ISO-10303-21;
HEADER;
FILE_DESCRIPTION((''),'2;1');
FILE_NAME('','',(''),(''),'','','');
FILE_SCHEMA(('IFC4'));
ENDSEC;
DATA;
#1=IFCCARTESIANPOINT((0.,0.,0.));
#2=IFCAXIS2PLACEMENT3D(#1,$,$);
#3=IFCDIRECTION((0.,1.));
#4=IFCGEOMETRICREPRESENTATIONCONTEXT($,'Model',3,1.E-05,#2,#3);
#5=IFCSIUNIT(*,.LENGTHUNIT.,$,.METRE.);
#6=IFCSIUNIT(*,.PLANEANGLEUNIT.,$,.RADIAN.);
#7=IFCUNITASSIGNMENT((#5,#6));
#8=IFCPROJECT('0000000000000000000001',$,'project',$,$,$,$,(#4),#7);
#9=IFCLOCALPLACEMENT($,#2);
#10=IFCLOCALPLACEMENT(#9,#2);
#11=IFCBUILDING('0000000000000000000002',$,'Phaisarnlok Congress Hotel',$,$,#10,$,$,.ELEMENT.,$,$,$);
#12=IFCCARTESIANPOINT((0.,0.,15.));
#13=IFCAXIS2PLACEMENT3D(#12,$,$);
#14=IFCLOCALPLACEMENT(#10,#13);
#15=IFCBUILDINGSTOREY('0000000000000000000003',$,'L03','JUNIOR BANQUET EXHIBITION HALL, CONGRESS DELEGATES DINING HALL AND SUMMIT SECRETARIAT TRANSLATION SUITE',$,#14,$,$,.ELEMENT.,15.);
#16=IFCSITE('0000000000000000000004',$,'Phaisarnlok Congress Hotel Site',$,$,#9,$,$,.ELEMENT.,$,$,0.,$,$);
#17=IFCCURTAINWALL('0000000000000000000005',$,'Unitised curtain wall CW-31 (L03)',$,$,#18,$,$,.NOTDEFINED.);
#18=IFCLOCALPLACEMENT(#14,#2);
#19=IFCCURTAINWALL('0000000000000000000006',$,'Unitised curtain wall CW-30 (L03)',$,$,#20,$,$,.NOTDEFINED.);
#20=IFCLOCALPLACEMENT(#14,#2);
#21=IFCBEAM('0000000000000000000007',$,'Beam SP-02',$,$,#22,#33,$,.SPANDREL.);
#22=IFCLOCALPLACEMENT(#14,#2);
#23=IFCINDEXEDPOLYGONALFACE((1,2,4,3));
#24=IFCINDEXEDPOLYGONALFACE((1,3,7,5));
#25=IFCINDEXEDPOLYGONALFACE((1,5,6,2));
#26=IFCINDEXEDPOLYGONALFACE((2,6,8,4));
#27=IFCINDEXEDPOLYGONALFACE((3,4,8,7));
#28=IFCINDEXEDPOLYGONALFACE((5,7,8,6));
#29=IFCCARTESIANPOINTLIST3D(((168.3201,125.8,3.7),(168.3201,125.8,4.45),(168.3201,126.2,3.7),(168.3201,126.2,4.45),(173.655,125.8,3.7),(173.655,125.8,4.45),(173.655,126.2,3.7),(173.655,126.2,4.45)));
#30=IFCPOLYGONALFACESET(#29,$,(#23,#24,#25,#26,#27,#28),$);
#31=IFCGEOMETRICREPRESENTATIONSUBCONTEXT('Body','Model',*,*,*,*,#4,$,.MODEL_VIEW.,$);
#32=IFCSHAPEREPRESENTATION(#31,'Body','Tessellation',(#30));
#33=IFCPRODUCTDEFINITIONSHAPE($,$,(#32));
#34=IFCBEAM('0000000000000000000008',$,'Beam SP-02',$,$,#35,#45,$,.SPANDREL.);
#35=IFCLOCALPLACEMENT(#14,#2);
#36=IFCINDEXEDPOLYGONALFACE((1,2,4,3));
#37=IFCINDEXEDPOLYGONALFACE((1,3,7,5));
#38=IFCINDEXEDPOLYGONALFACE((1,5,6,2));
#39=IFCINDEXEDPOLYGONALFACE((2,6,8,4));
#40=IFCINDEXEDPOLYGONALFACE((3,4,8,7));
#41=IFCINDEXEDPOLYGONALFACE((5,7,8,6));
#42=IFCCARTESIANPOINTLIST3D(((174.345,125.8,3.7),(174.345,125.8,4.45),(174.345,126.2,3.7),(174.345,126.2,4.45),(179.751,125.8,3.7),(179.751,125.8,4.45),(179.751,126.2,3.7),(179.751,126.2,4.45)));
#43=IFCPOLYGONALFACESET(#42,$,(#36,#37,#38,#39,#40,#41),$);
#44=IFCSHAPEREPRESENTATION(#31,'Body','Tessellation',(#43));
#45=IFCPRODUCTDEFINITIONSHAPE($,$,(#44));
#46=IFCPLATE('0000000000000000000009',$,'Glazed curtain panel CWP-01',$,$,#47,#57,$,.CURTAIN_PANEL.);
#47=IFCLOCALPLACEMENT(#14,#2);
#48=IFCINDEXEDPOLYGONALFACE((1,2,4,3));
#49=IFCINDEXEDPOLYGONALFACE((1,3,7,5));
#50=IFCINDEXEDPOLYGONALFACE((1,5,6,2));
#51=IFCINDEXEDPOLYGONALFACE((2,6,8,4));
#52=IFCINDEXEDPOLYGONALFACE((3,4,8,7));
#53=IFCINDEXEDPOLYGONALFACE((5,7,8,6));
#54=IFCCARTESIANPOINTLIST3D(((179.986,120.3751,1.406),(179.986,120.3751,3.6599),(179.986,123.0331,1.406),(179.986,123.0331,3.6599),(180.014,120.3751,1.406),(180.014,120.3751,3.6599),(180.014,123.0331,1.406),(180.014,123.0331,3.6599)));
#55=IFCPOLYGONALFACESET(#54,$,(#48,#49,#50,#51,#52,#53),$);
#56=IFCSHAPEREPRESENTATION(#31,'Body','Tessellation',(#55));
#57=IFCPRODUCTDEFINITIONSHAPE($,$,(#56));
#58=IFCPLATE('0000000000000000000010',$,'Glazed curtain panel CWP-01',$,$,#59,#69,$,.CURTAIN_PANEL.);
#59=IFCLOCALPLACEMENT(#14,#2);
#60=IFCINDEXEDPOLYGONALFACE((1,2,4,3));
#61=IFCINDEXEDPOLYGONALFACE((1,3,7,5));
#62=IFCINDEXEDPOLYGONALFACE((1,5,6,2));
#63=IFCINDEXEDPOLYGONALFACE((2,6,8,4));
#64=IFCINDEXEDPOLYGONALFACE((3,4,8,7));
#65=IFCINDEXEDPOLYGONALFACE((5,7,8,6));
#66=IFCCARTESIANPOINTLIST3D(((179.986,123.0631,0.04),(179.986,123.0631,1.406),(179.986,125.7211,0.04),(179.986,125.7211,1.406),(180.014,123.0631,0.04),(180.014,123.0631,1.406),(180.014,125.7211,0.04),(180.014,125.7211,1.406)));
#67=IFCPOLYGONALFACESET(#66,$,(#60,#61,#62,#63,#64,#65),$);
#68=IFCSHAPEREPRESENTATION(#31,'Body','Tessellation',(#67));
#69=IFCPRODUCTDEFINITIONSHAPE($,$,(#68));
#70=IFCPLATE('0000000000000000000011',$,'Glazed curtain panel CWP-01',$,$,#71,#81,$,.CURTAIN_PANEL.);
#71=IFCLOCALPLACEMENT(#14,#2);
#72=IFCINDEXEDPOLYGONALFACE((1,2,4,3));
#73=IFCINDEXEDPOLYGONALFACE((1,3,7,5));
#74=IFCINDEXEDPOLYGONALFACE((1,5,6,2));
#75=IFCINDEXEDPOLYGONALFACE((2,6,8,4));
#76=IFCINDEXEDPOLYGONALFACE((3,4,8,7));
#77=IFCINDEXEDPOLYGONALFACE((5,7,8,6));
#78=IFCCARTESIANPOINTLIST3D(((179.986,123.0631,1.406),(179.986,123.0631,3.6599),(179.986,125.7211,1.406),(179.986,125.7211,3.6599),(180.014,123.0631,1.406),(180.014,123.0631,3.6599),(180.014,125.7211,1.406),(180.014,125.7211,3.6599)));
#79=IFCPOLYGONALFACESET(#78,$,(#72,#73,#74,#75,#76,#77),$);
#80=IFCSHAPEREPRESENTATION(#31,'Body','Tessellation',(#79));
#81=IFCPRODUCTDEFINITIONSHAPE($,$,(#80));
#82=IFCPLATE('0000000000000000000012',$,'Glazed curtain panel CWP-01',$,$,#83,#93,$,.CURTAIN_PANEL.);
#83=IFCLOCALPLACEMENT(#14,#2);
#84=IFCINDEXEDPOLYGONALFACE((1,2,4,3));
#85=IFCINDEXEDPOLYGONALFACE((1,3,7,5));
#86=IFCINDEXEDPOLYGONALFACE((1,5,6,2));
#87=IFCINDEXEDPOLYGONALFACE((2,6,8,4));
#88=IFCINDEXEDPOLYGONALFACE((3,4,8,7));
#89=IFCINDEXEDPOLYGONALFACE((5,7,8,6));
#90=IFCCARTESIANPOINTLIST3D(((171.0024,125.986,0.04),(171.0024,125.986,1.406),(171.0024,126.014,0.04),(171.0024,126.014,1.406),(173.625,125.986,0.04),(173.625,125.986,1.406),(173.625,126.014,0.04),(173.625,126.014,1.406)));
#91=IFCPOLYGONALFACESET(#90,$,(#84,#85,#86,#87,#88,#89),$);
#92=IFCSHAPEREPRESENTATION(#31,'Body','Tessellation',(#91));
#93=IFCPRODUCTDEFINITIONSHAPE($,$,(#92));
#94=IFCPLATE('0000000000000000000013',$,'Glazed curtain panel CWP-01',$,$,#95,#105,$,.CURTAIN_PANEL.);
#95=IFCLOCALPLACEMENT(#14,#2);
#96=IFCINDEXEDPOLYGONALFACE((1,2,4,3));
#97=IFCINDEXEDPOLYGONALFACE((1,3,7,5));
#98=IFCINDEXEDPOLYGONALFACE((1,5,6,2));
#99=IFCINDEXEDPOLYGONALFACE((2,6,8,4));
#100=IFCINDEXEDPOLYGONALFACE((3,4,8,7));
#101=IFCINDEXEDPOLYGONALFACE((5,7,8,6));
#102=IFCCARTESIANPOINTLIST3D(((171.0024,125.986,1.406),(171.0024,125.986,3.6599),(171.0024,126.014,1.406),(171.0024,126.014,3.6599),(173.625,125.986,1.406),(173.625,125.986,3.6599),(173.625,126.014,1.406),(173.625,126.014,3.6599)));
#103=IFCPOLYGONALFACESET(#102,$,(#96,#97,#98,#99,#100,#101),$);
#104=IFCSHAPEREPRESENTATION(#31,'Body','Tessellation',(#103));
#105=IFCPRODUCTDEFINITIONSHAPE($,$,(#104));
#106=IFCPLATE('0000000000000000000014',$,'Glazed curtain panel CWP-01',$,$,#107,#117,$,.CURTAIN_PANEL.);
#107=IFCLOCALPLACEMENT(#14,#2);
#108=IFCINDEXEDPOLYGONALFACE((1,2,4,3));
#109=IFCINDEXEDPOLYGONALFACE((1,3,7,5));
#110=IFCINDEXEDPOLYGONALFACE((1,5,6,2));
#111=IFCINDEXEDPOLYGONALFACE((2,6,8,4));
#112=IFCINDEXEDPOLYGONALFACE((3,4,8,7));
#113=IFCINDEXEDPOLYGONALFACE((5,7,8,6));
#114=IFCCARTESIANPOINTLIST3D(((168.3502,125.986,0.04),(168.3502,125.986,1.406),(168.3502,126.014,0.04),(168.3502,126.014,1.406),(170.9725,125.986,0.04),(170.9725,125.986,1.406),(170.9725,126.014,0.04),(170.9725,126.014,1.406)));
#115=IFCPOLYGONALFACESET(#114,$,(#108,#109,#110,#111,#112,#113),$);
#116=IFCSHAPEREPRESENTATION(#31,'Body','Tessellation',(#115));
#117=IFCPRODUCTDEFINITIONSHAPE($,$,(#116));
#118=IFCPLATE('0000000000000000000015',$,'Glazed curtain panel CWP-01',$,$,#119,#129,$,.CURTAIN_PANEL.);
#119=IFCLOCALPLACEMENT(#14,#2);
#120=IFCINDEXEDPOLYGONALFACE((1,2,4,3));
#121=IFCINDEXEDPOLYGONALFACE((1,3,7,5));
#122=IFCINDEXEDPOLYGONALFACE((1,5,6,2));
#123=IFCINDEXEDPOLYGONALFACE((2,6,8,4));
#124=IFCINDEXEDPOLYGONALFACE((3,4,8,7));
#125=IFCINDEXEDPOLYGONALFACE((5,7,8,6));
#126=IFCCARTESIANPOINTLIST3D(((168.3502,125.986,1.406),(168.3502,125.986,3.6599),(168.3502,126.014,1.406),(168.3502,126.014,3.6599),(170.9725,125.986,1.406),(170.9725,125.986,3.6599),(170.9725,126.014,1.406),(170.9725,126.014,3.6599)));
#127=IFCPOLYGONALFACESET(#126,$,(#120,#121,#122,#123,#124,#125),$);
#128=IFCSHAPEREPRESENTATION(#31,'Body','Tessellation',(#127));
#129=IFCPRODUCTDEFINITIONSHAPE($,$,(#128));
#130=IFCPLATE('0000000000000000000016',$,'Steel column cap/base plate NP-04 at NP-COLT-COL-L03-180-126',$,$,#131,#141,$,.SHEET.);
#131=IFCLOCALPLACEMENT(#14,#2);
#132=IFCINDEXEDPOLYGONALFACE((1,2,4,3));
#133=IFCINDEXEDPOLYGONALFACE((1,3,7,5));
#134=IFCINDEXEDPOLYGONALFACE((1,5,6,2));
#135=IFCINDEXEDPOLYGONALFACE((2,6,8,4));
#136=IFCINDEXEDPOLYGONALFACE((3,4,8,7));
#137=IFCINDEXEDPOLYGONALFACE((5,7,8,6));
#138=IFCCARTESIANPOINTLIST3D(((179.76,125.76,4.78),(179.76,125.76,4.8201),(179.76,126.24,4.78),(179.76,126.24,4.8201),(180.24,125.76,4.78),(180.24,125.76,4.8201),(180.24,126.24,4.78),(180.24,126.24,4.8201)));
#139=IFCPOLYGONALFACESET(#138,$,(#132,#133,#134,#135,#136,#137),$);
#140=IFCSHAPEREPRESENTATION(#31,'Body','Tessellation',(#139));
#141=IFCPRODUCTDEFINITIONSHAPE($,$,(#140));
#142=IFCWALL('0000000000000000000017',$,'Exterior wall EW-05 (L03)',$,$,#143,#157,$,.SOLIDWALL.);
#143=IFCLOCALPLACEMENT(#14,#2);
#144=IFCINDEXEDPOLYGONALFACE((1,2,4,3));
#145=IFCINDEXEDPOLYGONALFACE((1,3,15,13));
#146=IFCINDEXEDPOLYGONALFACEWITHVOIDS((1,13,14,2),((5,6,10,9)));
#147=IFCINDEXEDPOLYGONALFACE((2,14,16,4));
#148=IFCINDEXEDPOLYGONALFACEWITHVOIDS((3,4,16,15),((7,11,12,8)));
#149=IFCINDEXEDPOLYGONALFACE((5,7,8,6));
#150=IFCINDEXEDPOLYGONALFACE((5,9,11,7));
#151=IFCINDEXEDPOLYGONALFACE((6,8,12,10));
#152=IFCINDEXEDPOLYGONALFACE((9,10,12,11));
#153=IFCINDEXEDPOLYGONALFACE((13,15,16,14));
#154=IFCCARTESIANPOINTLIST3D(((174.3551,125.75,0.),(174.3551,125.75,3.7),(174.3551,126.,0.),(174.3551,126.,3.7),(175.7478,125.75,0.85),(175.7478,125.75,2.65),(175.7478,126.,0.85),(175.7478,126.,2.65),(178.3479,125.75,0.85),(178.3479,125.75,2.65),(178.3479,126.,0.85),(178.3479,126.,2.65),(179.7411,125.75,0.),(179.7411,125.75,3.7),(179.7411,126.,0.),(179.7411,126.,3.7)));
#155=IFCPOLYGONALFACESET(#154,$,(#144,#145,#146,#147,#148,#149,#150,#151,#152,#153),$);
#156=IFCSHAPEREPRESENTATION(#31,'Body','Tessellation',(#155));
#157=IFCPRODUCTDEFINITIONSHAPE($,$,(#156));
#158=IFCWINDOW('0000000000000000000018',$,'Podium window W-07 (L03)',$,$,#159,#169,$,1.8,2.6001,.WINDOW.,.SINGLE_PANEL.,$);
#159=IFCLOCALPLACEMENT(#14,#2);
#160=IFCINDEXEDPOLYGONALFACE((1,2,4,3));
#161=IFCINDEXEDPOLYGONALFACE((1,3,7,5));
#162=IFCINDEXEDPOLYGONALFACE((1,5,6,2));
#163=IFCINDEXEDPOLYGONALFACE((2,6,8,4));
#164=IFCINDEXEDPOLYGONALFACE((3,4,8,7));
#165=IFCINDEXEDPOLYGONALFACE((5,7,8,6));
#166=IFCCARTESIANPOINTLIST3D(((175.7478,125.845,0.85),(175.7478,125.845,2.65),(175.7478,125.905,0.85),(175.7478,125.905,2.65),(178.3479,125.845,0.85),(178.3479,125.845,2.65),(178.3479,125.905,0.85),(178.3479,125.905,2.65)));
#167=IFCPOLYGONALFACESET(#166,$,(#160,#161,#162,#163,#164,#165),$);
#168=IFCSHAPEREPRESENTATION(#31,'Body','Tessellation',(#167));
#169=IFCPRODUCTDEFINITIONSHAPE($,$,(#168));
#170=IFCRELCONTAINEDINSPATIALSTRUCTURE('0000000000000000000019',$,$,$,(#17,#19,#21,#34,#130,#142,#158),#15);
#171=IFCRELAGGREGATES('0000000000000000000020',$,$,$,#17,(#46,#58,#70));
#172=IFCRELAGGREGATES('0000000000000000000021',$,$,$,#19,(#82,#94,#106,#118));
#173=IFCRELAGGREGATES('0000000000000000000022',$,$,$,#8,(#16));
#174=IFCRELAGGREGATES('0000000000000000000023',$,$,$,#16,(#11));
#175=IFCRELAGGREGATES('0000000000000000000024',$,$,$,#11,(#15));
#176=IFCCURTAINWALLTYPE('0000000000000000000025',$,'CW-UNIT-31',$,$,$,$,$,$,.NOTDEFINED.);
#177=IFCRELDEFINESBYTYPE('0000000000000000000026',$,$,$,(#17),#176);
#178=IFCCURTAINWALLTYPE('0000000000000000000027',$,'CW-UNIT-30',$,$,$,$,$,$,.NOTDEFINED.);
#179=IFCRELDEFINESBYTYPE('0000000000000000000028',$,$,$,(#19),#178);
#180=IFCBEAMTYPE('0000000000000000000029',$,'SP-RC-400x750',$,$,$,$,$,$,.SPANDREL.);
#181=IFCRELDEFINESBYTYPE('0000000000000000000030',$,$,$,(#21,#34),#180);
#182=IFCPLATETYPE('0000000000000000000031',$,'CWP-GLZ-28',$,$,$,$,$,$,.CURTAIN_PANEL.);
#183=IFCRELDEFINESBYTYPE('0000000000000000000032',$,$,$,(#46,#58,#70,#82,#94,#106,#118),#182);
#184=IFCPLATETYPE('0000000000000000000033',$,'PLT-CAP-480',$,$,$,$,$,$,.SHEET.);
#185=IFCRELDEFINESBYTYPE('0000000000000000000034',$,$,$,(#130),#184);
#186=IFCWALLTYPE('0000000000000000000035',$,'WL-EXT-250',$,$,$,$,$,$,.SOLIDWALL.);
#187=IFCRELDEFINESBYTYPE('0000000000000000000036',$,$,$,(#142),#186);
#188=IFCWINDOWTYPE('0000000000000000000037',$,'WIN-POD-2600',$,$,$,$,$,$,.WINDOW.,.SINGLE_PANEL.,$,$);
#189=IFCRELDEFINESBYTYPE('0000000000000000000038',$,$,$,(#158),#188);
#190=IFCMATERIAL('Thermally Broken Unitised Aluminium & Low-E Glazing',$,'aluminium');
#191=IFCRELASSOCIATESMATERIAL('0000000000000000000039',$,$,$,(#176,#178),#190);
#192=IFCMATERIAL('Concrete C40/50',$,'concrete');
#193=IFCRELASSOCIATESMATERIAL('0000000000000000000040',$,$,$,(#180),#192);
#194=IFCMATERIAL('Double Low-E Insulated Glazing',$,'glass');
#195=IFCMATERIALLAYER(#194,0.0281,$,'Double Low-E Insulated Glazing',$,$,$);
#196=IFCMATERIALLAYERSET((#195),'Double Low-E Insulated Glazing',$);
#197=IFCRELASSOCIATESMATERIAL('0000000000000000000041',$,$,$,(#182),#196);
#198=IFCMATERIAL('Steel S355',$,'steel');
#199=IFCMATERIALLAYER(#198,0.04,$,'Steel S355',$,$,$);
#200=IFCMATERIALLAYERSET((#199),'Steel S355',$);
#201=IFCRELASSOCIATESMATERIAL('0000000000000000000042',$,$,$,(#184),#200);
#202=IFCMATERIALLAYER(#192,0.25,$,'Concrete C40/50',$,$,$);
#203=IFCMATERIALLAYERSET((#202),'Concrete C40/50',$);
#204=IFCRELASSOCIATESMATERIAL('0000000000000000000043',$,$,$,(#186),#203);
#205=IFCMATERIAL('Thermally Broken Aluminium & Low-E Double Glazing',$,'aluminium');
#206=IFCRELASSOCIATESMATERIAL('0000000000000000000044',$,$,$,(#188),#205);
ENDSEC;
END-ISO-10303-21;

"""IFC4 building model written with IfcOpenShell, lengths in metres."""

from ifc_helpers import new_model, si_unit, direction, frame, frame_2d, origin, origin_2d, place, context, subcontext, project, spatial, rectangle, extrude, material, layer, layer_set, material_profile, profile_set, type_object, element, fill, aggregate, save


model = new_model("IFC4")

# Units and contexts
model_context = context("Model", 3, precision=1e-05, world=origin(), true_north=direction((0.0, 1.0)))
body_context = subcontext(model_context, "Body", "Model", "MODEL_VIEW")
ifc_project = project(units=[si_unit("LENGTHUNIT", "METRE"), si_unit("PLANEANGLEUNIT", "RADIAN")], contexts=[model_context])

# Site, building, storey
site_placement = place(None, origin())
site = spatial("IfcSite", under=ifc_project, at=site_placement, Name="Phaisarnlok Congress Hotel Site", CompositionType="ELEMENT", RefElevation=0.0)
building_placement = place(site_placement, origin())
building = spatial("IfcBuilding", under=site, at=building_placement, Name="Phaisarnlok Congress Hotel", CompositionType="ELEMENT")
storey_placement = place(building_placement, frame((0.0, 0.0, 15.0)))
storey = spatial("IfcBuildingStorey", under=building, at=storey_placement, Name="L03", Description="JUNIOR BANQUET EXHIBITION HALL, CONGRESS DELEGATES DINING HALL AND SUMMIT SECRETARIAT TRANSLATION SUITE", CompositionType="ELEMENT", Elevation=15.0)

# Shared definitions
ifc_material_1 = material(Name="Steel S355", Category="steel")

# Curtain walls
ifc_material_2 = material(Name="Thermally Broken Unitised Aluminium & Low-E Glazing", Category="aluminium")
curtain_wall_type_1 = type_object("IfcCurtainWallType", Name="CW-UNIT-31", PredefinedType="NOTDEFINED", material=ifc_material_2)
curtain_wall_1_placement = place(storey_placement, origin())
curtain_wall_1 = element("IfcCurtainWall", 1, at=curtain_wall_1_placement, inside=storey, type_object=curtain_wall_type_1, Name="Unitised curtain wall CW-31 (L03)", PredefinedType="NOTDEFINED")
curtain_wall_type_2 = type_object("IfcCurtainWallType", Name="CW-UNIT-30", PredefinedType="NOTDEFINED", material=ifc_material_2)
curtain_wall_2_placement = place(storey_placement, origin())
curtain_wall_2 = element("IfcCurtainWall", 2, at=curtain_wall_2_placement, inside=storey, type_object=curtain_wall_type_2, Name="Unitised curtain wall CW-30 (L03)", PredefinedType="NOTDEFINED")

# Beams
ifc_material_3 = material(Name="Concrete C40/50", Category="concrete")
ifc_material_profile_1 = material_profile(ifc_material_3, rectangle(XDim=0.3999, YDim=0.75, at=origin_2d()), Name="RC 400x750")
ifc_profile_set_1 = profile_set([ifc_material_profile_1], Name="Concrete C40/50")
beam_type = type_object("IfcBeamType", Name="SP-RC-400x750", PredefinedType="SPANDREL", material=ifc_profile_set_1)
beam_1_placement = place(storey_placement, frame((168.3201, 126.0, 4.075), z_axis=(1.0, 0.0, 0.0), x_axis=(0.0, 1.0, 0.0)))
element("IfcBeam", 3, at=beam_1_placement, inside=storey, type_object=beam_type, Name="Beam SP-02", PredefinedType="SPANDREL", context=body_context, shape_type="SweptSolid", body=[
    extrude(rectangle(XDim=0.3999, YDim=0.75, at=origin_2d()), origin(), (0.0, 0.0, 1.0), 5.335),
])
beam_2_placement = place(storey_placement, frame((174.345, 126.0, 4.075), z_axis=(1.0, 0.0, 0.0), x_axis=(0.0, 1.0, 0.0)))
element("IfcBeam", 4, at=beam_2_placement, inside=storey, type_object=beam_type, Name="Beam SP-02", PredefinedType="SPANDREL", context=body_context, shape_type="SweptSolid", body=[
    extrude(rectangle(XDim=0.3999, YDim=0.75, at=origin_2d()), origin(), (0.0, 0.0, 1.0), 5.406),
])

# Plates
ifc_material_4 = material(Name="Double Low-E Insulated Glazing", Category="glass")
ifc_layer_1 = layer(ifc_material_4, 0.0281, Name="Double Low-E Insulated Glazing")
ifc_layer_set_1 = layer_set([ifc_layer_1], Name="Double Low-E Insulated Glazing")
plate_type_1 = type_object("IfcPlateType", Name="CWP-GLZ-28", PredefinedType="CURTAIN_PANEL", material=ifc_layer_set_1)
plate_1_placement = place(storey_placement, frame((180.0, 120.375, 1.406), z_axis=(0.0, 0.0, 1.0), x_axis=(0.0, 1.0, 0.0)))
plate_1 = element("IfcPlate", 5, at=plate_1_placement, type_object=plate_type_1, Name="Glazed curtain panel CWP-01", PredefinedType="CURTAIN_PANEL", context=body_context, shape_type="SweptSolid", body=[
    extrude(rectangle(XDim=2.658, YDim=0.0281, at=frame_2d((1.3291, 0.0))), origin(), (0.0, 0.0, 1.0), 2.2539),
])
plate_2_placement = place(storey_placement, frame((180.0, 123.063, 0.04), z_axis=(0.0, 0.0, 1.0), x_axis=(0.0, 1.0, 0.0)))
plate_2 = element("IfcPlate", 6, at=plate_2_placement, type_object=plate_type_1, Name="Glazed curtain panel CWP-01", PredefinedType="CURTAIN_PANEL", context=body_context, shape_type="SweptSolid", body=[
    extrude(rectangle(XDim=2.658, YDim=0.0281, at=frame_2d((1.3291, 0.0))), origin(), (0.0, 0.0, 1.0), 1.366),
])
plate_3_placement = place(storey_placement, frame((180.0, 123.063, 1.406), z_axis=(0.0, 0.0, 1.0), x_axis=(0.0, 1.0, 0.0)))
plate_3 = element("IfcPlate", 7, at=plate_3_placement, type_object=plate_type_1, Name="Glazed curtain panel CWP-01", PredefinedType="CURTAIN_PANEL", context=body_context, shape_type="SweptSolid", body=[
    extrude(rectangle(XDim=2.658, YDim=0.0281, at=frame_2d((1.3291, 0.0))), origin(), (0.0, 0.0, 1.0), 2.2539),
])
aggregate(curtain_wall_1, [plate_1, plate_2, plate_3])
plate_4_placement = place(storey_placement, frame((173.625, 126.0, 0.04), z_axis=(0.0, 0.0, 1.0), x_axis=(-1.0, 0.0, 0.0)))
plate_4 = element("IfcPlate", 8, at=plate_4_placement, type_object=plate_type_1, Name="Glazed curtain panel CWP-01", PredefinedType="CURTAIN_PANEL", context=body_context, shape_type="SweptSolid", body=[
    extrude(rectangle(XDim=2.6226, YDim=0.0281, at=frame_2d((1.3113, 0.0))), origin(), (0.0, 0.0, 1.0), 1.366),
])
plate_5_placement = place(storey_placement, frame((173.625, 126.0, 1.406), z_axis=(0.0, 0.0, 1.0), x_axis=(-1.0, 0.0, 0.0)))
plate_5 = element("IfcPlate", 9, at=plate_5_placement, type_object=plate_type_1, Name="Glazed curtain panel CWP-01", PredefinedType="CURTAIN_PANEL", context=body_context, shape_type="SweptSolid", body=[
    extrude(rectangle(XDim=2.6226, YDim=0.0281, at=frame_2d((1.3113, 0.0))), origin(), (0.0, 0.0, 1.0), 2.2539),
])
plate_6_placement = place(storey_placement, frame((170.9724, 126.0, 0.04), z_axis=(0.0, 0.0, 1.0), x_axis=(-1.0, 0.0, 0.0)))
plate_6 = element("IfcPlate", 10, at=plate_6_placement, type_object=plate_type_1, Name="Glazed curtain panel CWP-01", PredefinedType="CURTAIN_PANEL", context=body_context, shape_type="SweptSolid", body=[
    extrude(rectangle(XDim=2.6223, YDim=0.0281, at=frame_2d((1.311, 0.0))), origin(), (0.0, 0.0, 1.0), 1.366),
])
plate_7_placement = place(storey_placement, frame((170.9724, 126.0, 1.406), z_axis=(0.0, 0.0, 1.0), x_axis=(-1.0, 0.0, 0.0)))
plate_7 = element("IfcPlate", 11, at=plate_7_placement, type_object=plate_type_1, Name="Glazed curtain panel CWP-01", PredefinedType="CURTAIN_PANEL", context=body_context, shape_type="SweptSolid", body=[
    extrude(rectangle(XDim=2.6223, YDim=0.0281, at=frame_2d((1.311, 0.0))), origin(), (0.0, 0.0, 1.0), 2.2539),
])
aggregate(curtain_wall_2, [plate_4, plate_5, plate_6, plate_7])
ifc_layer_2 = layer(ifc_material_1, 0.04, Name="Steel S355")
ifc_layer_set_2 = layer_set([ifc_layer_2], Name="Steel S355")
plate_type_2 = type_object("IfcPlateType", Name="PLT-CAP-480", PredefinedType="SHEET", material=ifc_layer_set_2)
plate_8_placement = place(storey_placement, frame((180.0, 126.0, 4.78), z_axis=(0.0, 0.0, 1.0), x_axis=(1.0, 0.0, 0.0)))
element("IfcPlate", 12, at=plate_8_placement, inside=storey, type_object=plate_type_2, Name="Steel column cap/base plate NP-04 at NP-COLT-COL-L03-180-126", PredefinedType="SHEET", context=body_context, shape_type="SweptSolid", body=[
    extrude(rectangle(XDim=0.48, YDim=0.48, at=origin_2d()), origin(), (0.0, 0.0, 1.0), 0.04),
])

# Wall, opening, window
ifc_layer_3 = layer(ifc_material_3, 0.25, Name="Concrete C40/50")
ifc_layer_set_3 = layer_set([ifc_layer_3], Name="Concrete C40/50")
wall_type = type_object("IfcWallType", Name="WL-EXT-250", PredefinedType="SOLIDWALL", material=ifc_layer_set_3)
wall_placement = place(storey_placement, frame((179.741, 125.875, 0.0), z_axis=(0.0, 0.0, 1.0), x_axis=(-1.0, 0.0, 0.0)))
wall = element("IfcWall", 13, at=wall_placement, inside=storey, type_object=wall_type, Name="Exterior wall EW-05 (L03)", PredefinedType="SOLIDWALL", context=body_context, shape_type="SweptSolid", body=[
    extrude(rectangle(XDim=5.386, YDim=0.25, at=frame_2d((2.6929, 0.0))), origin(), (0.0, 0.0, 1.0), 3.7),
])
opening_placement = place(wall_placement, frame((1.3931, 0.0, 0.8501)))
opening = element("IfcOpeningElement", 14, at=opening_placement, cuts=wall, PredefinedType="OPENING", context=body_context, shape_type="SweptSolid", body=[
    extrude(rectangle(XDim=2.6001, YDim=1.8, at=frame_2d((1.3, 0.8999))), frame((0.0, 0.135, 0.0), z_axis=(0.0, -1.0, 0.0), x_axis=(1.0, 0.0, 0.0)), (0.0, 0.0, 1.0), 0.27),
])
ifc_material_5 = material(Name="Thermally Broken Aluminium & Low-E Double Glazing", Category="aluminium")
window_type = type_object("IfcWindowType", Name="WIN-POD-2600", PartitioningType="SINGLE_PANEL", PredefinedType="WINDOW", material=ifc_material_5)
window_placement = place(opening_placement, origin())
window = element("IfcWindow", 15, at=window_placement, inside=storey, type_object=window_type, Name="Podium window W-07 (L03)", OverallHeight=1.8, OverallWidth=2.6001, PartitioningType="SINGLE_PANEL", PredefinedType="WINDOW", context=body_context, shape_type="SweptSolid", body=[
    extrude(rectangle(XDim=2.6001, YDim=1.8, at=frame_2d((1.3, 0.8999))), frame((0.0, 0.03, 0.0), z_axis=(0.0, -1.0, 0.0), x_axis=(1.0, 0.0, 0.0)), (0.0, 0.0, 1.0), 0.0601),
])
fill(opening, window)

save(model, "model.ifc")
